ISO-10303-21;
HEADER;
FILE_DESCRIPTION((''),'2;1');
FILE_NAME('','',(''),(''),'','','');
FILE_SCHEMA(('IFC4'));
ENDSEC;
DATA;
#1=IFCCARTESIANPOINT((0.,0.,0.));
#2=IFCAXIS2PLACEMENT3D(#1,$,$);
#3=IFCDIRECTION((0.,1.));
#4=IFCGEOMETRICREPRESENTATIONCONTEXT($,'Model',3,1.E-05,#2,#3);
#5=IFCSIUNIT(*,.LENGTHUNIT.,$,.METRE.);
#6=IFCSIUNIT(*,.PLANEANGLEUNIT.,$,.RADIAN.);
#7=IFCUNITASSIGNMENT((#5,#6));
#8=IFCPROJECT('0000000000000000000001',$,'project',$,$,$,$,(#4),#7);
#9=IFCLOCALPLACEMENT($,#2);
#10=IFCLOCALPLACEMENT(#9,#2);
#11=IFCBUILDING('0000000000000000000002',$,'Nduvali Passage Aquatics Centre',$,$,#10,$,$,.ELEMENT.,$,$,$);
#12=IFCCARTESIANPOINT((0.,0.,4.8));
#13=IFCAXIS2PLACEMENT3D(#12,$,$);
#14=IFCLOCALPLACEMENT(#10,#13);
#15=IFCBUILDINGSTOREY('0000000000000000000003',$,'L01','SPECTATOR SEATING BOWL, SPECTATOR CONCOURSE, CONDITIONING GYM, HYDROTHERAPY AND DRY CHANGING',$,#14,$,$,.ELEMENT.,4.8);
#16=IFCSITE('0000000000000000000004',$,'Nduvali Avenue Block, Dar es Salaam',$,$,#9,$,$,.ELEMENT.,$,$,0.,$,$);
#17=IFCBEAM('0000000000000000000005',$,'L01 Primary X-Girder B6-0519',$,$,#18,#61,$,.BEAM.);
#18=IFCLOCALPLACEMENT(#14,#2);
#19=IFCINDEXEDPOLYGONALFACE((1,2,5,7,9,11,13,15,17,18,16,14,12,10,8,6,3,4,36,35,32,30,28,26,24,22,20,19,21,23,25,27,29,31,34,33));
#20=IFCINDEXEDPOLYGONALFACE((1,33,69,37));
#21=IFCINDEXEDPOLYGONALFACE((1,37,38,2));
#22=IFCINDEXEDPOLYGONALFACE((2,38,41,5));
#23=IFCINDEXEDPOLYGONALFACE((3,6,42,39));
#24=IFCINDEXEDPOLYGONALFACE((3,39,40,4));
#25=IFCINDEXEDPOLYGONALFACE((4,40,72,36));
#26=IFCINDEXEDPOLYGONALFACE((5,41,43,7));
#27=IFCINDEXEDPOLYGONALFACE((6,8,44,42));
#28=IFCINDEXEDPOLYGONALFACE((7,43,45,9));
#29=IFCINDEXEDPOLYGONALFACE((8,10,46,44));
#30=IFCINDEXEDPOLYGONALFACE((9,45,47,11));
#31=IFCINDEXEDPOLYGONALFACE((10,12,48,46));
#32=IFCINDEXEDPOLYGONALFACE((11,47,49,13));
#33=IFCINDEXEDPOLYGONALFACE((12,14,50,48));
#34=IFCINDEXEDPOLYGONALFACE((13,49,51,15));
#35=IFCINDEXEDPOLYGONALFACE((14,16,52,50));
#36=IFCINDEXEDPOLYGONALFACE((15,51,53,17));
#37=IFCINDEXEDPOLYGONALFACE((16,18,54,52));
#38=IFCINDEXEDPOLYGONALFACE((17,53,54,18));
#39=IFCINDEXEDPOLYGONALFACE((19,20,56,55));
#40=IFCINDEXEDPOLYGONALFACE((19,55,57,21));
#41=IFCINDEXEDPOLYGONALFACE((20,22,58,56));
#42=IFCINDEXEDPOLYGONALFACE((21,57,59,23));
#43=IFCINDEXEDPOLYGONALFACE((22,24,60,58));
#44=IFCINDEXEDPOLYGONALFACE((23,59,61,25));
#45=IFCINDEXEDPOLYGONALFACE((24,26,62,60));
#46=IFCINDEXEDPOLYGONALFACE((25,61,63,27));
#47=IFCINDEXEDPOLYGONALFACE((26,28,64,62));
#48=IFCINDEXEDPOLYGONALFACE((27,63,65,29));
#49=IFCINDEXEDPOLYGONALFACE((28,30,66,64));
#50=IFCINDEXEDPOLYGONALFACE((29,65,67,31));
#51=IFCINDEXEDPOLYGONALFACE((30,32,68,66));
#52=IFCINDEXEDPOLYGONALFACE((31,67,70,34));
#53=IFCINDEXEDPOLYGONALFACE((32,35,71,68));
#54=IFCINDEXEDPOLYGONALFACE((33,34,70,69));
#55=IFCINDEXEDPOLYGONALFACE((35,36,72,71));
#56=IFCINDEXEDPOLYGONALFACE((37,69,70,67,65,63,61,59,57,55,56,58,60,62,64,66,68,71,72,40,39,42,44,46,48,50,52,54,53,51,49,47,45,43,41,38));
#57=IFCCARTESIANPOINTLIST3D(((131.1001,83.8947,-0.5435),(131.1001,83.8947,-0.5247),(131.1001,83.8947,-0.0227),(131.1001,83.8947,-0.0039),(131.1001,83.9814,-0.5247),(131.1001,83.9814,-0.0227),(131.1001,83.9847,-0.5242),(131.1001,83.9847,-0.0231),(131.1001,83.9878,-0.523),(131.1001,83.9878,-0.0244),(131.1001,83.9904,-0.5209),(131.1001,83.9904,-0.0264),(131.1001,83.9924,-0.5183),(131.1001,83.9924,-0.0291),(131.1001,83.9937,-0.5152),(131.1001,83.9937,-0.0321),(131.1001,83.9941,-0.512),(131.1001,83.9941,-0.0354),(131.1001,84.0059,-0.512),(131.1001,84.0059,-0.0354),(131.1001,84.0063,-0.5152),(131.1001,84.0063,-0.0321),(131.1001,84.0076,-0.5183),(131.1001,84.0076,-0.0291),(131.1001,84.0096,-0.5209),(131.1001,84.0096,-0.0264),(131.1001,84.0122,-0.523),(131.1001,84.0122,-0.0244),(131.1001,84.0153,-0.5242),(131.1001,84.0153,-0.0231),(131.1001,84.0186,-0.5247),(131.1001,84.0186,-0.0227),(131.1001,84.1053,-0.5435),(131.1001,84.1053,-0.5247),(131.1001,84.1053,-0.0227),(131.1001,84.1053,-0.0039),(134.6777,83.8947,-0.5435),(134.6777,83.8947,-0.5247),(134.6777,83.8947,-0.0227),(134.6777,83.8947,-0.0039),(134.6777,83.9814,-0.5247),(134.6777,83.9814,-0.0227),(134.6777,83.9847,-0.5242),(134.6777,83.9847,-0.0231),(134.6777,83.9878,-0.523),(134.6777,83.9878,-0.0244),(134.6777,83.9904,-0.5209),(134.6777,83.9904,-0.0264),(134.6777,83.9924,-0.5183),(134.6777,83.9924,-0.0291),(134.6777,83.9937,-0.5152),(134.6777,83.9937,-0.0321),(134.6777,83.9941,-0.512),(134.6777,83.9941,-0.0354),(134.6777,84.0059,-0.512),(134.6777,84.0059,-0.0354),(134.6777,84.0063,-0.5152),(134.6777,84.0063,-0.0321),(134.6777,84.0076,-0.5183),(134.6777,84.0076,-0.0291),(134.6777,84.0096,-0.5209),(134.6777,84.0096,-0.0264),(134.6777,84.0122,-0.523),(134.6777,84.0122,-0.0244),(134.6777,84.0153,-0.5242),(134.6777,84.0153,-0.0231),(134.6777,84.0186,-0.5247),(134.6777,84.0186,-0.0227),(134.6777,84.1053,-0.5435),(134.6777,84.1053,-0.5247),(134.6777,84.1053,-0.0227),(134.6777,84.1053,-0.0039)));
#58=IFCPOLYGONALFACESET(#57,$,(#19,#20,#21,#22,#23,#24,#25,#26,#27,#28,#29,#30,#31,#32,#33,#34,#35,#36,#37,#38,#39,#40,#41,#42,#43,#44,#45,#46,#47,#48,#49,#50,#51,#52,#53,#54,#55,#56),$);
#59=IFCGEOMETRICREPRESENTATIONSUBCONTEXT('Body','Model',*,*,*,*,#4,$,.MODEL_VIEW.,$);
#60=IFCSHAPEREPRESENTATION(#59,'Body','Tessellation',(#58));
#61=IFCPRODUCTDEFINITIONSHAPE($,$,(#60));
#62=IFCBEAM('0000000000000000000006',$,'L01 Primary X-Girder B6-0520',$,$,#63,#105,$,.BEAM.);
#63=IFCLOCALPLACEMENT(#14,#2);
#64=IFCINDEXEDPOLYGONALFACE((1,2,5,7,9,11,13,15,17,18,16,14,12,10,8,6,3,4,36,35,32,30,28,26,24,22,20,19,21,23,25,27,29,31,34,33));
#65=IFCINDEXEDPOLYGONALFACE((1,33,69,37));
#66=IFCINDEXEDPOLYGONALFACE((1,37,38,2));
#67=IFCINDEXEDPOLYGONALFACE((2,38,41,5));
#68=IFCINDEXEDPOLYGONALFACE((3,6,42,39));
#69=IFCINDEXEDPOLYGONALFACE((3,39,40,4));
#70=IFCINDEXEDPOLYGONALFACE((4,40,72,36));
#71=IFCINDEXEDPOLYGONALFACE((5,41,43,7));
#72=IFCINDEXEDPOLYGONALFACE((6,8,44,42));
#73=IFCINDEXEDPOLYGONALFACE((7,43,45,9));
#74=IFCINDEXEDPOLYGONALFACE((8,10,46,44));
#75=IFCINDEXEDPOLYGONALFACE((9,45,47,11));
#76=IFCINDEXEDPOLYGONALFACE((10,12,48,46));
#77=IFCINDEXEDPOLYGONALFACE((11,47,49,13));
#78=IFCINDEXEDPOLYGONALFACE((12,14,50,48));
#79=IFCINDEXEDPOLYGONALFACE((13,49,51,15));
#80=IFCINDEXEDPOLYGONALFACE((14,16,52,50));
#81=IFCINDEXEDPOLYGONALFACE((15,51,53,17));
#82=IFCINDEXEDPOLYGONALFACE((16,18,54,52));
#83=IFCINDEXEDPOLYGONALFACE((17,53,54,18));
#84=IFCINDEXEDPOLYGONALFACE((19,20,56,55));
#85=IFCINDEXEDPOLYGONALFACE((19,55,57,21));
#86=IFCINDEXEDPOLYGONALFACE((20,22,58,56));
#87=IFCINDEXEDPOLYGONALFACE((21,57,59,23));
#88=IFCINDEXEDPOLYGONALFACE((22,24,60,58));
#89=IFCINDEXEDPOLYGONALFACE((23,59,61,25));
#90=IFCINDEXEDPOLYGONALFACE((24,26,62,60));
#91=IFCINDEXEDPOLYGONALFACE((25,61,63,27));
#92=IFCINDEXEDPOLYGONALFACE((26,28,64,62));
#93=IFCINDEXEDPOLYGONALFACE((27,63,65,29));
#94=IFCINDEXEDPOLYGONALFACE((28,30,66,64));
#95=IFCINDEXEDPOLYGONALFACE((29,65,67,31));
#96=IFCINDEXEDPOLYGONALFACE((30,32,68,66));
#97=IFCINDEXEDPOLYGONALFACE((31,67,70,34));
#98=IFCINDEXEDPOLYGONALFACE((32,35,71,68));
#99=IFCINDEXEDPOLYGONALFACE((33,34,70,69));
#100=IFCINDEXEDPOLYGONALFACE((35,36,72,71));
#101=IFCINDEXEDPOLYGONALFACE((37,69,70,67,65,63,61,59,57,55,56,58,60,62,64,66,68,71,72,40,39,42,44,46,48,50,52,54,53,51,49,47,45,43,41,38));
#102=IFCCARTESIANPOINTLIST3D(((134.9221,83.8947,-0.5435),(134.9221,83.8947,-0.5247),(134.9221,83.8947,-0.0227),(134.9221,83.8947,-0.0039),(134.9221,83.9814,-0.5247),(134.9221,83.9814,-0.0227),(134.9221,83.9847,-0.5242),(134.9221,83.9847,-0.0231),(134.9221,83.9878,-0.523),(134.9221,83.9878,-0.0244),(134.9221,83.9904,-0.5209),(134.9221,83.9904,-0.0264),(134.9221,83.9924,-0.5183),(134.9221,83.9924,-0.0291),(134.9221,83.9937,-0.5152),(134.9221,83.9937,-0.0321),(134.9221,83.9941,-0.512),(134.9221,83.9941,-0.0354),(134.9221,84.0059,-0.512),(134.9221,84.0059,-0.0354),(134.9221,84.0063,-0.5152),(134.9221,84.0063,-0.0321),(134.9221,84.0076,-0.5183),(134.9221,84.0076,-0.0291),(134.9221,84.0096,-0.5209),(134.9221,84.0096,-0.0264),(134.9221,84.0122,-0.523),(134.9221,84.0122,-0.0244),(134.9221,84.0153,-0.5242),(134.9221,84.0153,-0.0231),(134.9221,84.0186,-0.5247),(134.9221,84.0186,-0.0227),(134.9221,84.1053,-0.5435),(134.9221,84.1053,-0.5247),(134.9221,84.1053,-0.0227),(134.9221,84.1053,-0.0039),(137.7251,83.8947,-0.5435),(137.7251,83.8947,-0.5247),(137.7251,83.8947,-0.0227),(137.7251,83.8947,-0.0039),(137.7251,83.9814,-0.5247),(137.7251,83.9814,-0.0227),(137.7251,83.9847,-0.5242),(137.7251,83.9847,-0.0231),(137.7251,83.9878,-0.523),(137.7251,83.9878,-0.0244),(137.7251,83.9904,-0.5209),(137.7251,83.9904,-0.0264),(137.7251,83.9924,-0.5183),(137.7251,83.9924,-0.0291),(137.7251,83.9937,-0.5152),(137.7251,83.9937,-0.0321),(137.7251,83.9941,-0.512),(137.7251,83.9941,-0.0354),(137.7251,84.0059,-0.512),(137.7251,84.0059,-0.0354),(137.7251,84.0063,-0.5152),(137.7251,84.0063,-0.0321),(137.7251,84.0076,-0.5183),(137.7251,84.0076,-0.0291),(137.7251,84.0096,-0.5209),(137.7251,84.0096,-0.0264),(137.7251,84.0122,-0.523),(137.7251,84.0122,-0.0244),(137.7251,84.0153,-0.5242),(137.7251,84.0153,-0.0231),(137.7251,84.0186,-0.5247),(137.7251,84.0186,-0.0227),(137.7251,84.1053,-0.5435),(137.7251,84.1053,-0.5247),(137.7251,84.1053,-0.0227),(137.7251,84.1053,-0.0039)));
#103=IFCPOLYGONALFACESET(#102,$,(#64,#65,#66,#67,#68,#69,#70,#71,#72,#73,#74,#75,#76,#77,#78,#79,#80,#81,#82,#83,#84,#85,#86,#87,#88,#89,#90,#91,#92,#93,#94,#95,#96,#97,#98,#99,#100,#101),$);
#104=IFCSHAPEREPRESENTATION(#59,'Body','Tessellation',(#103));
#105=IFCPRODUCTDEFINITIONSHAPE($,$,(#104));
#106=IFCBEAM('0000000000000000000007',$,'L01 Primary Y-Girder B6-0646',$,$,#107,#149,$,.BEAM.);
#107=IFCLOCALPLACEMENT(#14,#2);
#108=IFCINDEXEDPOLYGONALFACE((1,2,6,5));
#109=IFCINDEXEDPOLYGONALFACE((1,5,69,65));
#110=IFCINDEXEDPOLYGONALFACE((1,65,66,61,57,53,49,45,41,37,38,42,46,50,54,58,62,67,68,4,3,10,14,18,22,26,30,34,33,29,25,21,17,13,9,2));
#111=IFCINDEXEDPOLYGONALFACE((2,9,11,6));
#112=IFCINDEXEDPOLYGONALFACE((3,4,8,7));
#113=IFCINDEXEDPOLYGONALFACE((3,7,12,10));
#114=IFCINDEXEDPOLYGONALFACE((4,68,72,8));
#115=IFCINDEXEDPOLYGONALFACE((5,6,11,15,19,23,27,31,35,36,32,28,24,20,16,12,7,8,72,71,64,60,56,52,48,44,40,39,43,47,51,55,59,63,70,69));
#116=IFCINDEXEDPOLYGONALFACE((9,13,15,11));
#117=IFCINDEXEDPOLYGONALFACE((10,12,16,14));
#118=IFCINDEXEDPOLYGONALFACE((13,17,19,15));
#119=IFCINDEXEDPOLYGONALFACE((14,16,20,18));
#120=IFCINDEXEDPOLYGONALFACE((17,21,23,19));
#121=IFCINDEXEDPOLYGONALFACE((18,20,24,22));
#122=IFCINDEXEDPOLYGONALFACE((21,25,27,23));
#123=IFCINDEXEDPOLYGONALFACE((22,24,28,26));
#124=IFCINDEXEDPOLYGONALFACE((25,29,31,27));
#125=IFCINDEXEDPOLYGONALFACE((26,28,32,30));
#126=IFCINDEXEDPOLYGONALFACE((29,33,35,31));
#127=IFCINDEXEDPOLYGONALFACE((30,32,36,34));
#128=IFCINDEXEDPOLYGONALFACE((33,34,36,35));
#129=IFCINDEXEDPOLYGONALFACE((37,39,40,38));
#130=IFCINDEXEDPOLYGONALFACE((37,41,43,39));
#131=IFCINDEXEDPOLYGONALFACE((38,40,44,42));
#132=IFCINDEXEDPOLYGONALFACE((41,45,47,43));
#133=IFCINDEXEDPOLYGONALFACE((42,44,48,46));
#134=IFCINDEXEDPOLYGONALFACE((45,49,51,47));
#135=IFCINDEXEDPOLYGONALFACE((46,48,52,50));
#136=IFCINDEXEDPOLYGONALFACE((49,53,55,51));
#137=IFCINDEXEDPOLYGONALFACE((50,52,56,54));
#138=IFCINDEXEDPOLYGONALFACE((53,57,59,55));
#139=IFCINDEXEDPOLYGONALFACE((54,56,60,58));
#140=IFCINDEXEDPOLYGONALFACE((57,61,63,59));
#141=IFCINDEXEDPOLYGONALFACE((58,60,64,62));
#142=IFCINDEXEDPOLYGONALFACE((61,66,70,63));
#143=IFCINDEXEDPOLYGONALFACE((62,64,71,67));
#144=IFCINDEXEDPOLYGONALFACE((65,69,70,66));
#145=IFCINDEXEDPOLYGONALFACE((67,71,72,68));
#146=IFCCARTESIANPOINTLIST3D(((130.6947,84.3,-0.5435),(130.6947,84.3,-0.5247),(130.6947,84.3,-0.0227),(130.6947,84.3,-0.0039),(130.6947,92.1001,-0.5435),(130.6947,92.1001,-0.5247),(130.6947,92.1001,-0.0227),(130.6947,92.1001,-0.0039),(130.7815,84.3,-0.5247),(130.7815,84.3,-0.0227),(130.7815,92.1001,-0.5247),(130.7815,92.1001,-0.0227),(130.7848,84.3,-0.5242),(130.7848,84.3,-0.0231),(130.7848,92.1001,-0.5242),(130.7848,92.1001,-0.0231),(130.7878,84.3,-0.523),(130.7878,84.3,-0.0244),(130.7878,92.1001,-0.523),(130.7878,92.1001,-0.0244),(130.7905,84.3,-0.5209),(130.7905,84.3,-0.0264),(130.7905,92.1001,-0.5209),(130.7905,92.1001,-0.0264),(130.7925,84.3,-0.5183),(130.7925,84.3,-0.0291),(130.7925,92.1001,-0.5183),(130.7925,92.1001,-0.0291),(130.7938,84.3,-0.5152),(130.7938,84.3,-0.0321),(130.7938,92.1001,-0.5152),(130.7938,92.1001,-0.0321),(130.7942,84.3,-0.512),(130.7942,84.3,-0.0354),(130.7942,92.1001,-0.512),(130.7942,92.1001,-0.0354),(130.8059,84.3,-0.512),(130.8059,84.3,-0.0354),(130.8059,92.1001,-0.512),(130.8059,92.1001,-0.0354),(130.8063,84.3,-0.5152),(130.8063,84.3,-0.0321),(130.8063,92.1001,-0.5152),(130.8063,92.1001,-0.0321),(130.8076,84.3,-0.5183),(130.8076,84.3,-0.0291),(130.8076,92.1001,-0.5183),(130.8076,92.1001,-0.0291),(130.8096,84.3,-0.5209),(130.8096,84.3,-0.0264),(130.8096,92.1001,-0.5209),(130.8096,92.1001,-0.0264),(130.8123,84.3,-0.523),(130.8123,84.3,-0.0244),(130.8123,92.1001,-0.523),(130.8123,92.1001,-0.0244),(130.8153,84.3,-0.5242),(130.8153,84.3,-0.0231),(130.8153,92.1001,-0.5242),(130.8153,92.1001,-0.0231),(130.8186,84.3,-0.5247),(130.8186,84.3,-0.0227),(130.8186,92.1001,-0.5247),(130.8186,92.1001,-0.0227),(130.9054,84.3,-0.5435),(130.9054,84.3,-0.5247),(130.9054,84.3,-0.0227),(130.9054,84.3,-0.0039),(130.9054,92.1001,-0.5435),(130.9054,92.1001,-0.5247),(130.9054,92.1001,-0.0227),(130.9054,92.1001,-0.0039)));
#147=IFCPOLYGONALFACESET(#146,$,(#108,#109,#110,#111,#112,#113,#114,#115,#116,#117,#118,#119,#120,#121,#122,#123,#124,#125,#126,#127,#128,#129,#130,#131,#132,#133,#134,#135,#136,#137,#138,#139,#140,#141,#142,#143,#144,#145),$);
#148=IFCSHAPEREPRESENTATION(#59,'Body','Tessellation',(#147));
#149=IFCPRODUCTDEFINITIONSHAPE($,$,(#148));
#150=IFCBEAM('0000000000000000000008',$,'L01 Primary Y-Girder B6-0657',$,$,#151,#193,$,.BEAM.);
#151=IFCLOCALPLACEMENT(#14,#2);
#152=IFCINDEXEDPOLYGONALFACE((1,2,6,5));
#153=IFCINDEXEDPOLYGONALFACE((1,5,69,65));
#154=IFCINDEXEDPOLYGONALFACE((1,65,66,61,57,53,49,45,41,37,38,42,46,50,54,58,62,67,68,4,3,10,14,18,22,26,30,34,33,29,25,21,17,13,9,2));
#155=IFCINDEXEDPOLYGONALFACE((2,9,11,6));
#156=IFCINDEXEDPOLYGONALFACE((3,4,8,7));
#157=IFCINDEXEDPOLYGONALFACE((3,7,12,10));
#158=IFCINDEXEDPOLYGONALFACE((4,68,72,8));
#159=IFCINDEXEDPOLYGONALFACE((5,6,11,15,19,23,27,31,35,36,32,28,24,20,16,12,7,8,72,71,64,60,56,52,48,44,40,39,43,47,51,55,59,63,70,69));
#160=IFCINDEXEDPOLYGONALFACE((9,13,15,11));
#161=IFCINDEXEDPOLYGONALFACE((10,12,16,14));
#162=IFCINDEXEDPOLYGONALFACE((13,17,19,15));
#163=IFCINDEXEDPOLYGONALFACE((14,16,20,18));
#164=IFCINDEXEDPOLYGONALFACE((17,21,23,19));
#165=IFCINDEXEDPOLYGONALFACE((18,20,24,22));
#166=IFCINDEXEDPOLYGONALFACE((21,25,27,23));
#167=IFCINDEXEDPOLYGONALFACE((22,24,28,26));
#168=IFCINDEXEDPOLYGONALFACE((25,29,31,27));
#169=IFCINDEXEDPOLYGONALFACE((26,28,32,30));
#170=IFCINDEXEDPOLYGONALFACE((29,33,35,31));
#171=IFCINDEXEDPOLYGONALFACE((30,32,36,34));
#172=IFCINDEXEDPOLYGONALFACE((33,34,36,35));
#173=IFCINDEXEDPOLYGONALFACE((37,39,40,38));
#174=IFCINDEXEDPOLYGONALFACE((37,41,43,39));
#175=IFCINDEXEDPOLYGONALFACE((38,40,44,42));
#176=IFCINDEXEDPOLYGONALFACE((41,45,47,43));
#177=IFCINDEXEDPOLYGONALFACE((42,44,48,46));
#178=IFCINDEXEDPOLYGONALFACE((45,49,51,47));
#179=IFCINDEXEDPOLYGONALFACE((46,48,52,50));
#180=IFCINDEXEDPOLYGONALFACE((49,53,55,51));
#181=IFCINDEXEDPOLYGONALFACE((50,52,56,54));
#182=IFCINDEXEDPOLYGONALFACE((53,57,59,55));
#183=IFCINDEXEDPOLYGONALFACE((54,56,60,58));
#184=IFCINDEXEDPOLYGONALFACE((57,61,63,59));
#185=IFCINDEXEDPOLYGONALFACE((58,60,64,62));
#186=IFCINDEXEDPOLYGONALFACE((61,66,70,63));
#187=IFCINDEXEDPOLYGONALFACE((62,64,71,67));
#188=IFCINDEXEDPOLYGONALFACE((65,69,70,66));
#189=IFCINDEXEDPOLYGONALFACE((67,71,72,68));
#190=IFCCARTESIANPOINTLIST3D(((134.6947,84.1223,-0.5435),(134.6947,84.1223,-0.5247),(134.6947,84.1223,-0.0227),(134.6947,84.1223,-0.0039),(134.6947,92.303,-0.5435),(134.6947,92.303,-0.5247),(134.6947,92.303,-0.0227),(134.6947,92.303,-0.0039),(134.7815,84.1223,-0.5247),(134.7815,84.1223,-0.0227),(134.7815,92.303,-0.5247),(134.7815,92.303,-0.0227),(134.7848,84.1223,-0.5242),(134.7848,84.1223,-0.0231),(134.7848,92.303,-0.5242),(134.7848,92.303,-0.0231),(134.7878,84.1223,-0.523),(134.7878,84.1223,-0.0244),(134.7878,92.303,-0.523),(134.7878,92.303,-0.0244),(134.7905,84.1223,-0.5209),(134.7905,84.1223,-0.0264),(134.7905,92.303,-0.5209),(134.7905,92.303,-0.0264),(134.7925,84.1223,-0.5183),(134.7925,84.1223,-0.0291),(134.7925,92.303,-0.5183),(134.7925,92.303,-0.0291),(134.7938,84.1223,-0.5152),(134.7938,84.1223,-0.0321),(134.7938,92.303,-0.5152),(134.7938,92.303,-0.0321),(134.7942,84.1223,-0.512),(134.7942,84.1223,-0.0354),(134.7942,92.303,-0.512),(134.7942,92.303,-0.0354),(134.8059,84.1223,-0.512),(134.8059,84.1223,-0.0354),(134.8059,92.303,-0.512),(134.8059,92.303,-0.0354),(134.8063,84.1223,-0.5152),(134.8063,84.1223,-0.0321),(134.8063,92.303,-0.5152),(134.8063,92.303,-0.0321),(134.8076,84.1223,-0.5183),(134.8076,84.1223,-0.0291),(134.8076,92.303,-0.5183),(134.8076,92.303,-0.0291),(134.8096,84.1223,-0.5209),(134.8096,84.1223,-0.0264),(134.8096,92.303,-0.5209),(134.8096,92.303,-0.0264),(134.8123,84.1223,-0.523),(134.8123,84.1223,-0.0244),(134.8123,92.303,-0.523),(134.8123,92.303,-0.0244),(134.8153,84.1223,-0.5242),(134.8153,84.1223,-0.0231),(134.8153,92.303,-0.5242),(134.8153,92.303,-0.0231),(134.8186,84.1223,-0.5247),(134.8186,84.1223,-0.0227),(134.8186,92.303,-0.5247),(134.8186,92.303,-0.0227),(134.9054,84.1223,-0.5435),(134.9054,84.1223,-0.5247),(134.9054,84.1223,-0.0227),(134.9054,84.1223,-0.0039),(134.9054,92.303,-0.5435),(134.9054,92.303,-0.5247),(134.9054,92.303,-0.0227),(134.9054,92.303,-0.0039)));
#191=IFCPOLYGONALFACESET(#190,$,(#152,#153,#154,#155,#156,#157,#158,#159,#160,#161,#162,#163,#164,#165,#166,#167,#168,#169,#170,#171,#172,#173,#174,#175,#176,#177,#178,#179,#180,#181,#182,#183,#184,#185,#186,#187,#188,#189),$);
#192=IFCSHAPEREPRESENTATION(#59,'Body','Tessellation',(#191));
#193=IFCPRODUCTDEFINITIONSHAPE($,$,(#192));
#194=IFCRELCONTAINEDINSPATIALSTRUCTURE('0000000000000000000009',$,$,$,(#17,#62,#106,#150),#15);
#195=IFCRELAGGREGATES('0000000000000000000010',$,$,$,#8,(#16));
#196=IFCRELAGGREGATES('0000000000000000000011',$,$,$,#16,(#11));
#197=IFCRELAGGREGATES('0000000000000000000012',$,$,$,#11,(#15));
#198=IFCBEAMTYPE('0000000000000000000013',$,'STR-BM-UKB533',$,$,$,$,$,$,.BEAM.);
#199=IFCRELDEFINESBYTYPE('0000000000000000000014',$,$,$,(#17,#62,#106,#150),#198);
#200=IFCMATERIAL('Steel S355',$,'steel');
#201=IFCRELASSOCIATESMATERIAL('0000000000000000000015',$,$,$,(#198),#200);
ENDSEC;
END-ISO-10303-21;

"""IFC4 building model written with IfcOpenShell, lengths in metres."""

from ifc_helpers import new_model, si_unit, direction, frame, origin, origin_2d, place, context, subcontext, project, spatial, i_section, extrude, material, material_profile, profile_set, type_object, element, save


model = new_model("IFC4")

# Units and contexts
model_context = context("Model", 3, precision=1e-05, world=origin(), true_north=direction((0.0, 1.0)))
body_context = subcontext(model_context, "Body", "Model", "MODEL_VIEW")
ifc_project = project(units=[si_unit("LENGTHUNIT", "METRE"), si_unit("PLANEANGLEUNIT", "RADIAN")], contexts=[model_context])

# Site, building, storey
site_placement = place(None, origin())
site = spatial("IfcSite", under=ifc_project, at=site_placement, Name="Nduvali Avenue Block, Dar es Salaam", CompositionType="ELEMENT", RefElevation=0.0)
building_placement = place(site_placement, origin())
building = spatial("IfcBuilding", under=site, at=building_placement, Name="Nduvali Passage Aquatics Centre", CompositionType="ELEMENT")
storey_placement = place(building_placement, frame((0.0, 0.0, 4.8)))
storey = spatial("IfcBuildingStorey", under=building, at=storey_placement, Name="L01", Description="SPECTATOR SEATING BOWL, SPECTATOR CONCOURSE, CONDITIONING GYM, HYDROTHERAPY AND DRY CHANGING", CompositionType="ELEMENT", Elevation=4.8)

# Shared definitions
ifc_material_1 = material(Name="Steel S355", Category="steel")

# Beams
ifc_material_profile_1 = material_profile(ifc_material_1, i_section(OverallWidth=0.2107, OverallDepth=0.5396, WebThickness=0.0117, FlangeThickness=0.0188, FilletRadius=0.0127, at=origin_2d()), Name="UKB 533x210x109")
ifc_profile_set_1 = profile_set([ifc_material_profile_1], Name="Steel S355")
beam_type_1 = type_object("IfcBeamType", Name="STR-BM-UKB533", PredefinedType="BEAM", material=ifc_profile_set_1)
beam_1_placement = place(storey_placement, frame((131.1001, 84.0, -0.2737), z_axis=(1.0, 0.0, 0.0), x_axis=(0.0, 1.0, 0.0)))
element("IfcBeam", 1, at=beam_1_placement, inside=storey, type_object=beam_type_1, Name="L01 Primary X-Girder B6-0519", PredefinedType="BEAM", context=body_context, shape_type="SweptSolid", body=[
    extrude(i_section(OverallWidth=0.2107, OverallDepth=0.5396, WebThickness=0.0117, FlangeThickness=0.0188, FilletRadius=0.0127, at=origin_2d()), origin(), (0.0, 0.0, 1.0), 3.5776),
])
beam_2_placement = place(storey_placement, frame((134.9221, 84.0, -0.2737), z_axis=(1.0, 0.0, 0.0), x_axis=(0.0, 1.0, 0.0)))
element("IfcBeam", 2, at=beam_2_placement, inside=storey, type_object=beam_type_1, Name="L01 Primary X-Girder B6-0520", PredefinedType="BEAM", context=body_context, shape_type="SweptSolid", body=[
    extrude(i_section(OverallWidth=0.2107, OverallDepth=0.5396, WebThickness=0.0117, FlangeThickness=0.0188, FilletRadius=0.0127, at=origin_2d()), origin(), (0.0, 0.0, 1.0), 2.803),
])
beam_3_placement = place(storey_placement, frame((130.8, 84.3, -0.2737), z_axis=(0.0, 1.0, 0.0), x_axis=(-1.0, 0.0, 0.0)))
element("IfcBeam", 3, at=beam_3_placement, inside=storey, type_object=beam_type_1, Name="L01 Primary Y-Girder B6-0646", PredefinedType="BEAM", context=body_context, shape_type="SweptSolid", body=[
    extrude(i_section(OverallWidth=0.2107, OverallDepth=0.5396, WebThickness=0.0117, FlangeThickness=0.0188, FilletRadius=0.0127, at=origin_2d()), origin(), (0.0, 0.0, 1.0), 7.8),
])
beam_4_placement = place(storey_placement, frame((134.8, 84.1223, -0.2737), z_axis=(0.0, 1.0, 0.0), x_axis=(-1.0, 0.0, 0.0)))
element("IfcBeam", 4, at=beam_4_placement, inside=storey, type_object=beam_type_1, Name="L01 Primary Y-Girder B6-0657", PredefinedType="BEAM", context=body_context, shape_type="SweptSolid", body=[
    extrude(i_section(OverallWidth=0.2107, OverallDepth=0.5396, WebThickness=0.0117, FlangeThickness=0.0188, FilletRadius=0.0127, at=origin_2d()), origin(), (0.0, 0.0, 1.0), 8.1807),
])

save(model, "model.ifc")
